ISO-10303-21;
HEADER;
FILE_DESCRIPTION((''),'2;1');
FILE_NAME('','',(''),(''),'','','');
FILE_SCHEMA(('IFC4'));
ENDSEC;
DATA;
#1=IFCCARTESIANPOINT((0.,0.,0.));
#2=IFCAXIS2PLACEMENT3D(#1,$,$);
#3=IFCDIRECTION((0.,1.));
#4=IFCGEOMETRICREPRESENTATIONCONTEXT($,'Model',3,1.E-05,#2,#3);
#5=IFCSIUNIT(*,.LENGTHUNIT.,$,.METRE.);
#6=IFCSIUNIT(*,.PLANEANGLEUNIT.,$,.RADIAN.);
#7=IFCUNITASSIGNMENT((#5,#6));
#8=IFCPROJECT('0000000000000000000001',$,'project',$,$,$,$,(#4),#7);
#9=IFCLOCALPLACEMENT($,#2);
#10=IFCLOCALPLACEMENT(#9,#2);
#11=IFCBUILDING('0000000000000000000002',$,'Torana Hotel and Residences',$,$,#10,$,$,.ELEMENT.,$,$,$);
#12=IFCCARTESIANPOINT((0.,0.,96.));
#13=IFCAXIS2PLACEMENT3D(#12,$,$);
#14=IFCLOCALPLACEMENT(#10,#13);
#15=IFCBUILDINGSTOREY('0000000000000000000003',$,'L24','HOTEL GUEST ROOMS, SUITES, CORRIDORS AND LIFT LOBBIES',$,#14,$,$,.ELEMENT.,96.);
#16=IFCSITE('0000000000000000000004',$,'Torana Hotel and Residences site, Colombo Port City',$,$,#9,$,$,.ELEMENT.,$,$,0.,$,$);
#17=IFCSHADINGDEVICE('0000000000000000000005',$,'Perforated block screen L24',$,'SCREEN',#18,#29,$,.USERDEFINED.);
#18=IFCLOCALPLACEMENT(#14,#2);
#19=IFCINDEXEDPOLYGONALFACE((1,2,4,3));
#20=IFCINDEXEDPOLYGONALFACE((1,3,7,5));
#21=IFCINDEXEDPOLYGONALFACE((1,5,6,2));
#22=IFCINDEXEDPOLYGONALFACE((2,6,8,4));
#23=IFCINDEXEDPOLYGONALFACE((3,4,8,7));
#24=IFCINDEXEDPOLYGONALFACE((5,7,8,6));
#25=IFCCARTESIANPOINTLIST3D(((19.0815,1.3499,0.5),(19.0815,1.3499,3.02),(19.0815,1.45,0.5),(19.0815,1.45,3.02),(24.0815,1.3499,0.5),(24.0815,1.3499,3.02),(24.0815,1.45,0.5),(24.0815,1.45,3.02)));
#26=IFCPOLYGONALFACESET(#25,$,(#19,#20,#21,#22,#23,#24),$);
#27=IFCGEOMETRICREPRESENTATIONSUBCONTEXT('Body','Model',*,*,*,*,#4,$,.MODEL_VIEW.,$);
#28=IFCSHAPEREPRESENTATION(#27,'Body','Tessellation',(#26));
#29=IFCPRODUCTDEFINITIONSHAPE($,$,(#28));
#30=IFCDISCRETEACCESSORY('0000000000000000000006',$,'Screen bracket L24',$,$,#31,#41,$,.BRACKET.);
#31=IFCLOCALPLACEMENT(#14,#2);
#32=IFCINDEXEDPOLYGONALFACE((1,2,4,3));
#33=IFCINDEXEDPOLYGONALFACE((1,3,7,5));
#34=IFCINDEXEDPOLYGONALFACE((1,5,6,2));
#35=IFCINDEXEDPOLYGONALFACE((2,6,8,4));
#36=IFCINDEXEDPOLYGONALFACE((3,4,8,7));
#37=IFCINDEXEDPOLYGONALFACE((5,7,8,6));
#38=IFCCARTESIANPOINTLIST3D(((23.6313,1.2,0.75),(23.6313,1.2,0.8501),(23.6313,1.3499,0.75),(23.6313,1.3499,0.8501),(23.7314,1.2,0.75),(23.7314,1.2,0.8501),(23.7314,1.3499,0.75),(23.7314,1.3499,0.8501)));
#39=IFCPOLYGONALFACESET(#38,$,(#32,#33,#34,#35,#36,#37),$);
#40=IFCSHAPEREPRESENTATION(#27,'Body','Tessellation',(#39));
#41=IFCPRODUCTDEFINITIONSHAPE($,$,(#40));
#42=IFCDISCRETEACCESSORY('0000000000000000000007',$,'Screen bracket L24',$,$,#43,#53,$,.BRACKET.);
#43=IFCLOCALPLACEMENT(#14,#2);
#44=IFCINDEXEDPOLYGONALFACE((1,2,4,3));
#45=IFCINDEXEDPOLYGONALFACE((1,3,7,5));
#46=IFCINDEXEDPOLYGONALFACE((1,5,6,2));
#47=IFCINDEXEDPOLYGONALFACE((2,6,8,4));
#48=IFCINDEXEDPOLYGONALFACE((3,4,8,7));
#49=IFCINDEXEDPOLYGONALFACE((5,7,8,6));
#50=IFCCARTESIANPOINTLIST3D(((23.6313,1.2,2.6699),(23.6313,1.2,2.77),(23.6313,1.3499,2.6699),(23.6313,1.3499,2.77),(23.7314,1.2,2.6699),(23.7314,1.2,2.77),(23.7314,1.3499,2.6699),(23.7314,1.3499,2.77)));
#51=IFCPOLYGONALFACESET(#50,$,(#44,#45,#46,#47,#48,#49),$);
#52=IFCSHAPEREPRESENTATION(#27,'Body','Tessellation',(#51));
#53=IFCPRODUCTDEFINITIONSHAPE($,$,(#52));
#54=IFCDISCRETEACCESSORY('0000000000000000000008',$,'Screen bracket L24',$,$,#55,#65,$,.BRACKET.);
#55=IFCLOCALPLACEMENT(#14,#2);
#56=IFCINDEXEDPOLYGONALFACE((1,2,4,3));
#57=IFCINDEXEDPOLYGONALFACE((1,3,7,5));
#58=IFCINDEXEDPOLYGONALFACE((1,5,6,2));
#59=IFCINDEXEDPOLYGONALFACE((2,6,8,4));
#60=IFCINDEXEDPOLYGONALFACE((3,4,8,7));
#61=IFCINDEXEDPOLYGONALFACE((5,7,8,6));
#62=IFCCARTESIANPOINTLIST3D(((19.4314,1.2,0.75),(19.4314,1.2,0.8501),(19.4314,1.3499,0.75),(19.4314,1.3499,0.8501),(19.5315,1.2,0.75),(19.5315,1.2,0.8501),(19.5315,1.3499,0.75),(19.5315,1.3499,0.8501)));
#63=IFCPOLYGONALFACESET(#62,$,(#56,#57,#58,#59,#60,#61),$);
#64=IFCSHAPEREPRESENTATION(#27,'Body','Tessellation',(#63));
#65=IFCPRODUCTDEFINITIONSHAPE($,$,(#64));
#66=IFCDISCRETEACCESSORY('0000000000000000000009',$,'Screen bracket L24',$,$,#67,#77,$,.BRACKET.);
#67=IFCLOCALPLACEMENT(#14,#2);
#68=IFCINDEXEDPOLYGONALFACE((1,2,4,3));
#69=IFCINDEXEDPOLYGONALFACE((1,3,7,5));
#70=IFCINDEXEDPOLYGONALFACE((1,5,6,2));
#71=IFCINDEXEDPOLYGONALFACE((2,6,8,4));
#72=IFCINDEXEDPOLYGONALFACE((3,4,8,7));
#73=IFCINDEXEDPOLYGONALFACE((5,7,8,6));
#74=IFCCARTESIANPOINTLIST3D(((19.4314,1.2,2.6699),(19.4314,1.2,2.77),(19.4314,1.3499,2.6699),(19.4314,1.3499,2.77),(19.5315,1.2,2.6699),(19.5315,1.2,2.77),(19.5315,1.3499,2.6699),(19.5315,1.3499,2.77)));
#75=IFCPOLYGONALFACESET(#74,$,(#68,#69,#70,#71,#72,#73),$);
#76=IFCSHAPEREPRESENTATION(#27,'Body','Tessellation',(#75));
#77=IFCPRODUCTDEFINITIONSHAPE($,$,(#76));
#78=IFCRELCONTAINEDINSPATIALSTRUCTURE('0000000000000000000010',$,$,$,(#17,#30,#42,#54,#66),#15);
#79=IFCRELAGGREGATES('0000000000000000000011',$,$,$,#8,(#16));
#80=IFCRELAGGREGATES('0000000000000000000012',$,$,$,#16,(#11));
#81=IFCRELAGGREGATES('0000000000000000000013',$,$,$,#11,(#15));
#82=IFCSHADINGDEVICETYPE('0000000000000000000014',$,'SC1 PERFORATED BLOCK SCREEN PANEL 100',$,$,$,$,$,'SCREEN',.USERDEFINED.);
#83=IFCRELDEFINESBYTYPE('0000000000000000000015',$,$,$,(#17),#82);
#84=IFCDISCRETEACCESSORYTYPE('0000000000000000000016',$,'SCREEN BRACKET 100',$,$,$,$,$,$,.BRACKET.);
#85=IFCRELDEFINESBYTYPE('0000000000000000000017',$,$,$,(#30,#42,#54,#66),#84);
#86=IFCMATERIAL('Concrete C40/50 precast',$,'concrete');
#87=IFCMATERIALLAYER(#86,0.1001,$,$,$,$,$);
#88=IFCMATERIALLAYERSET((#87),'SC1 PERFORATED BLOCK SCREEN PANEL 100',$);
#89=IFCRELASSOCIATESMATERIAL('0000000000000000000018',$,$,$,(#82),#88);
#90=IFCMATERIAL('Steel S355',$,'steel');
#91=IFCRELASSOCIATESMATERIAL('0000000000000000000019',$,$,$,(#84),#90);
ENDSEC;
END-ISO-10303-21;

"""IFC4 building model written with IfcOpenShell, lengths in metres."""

from ifc_helpers import new_model, si_unit, direction, frame, origin, origin_2d, place, context, subcontext, project, spatial, rectangle, extrude, material, layer, layer_set, type_object, element, save


model = new_model("IFC4")

# Units and contexts
model_context = context("Model", 3, precision=1e-05, world=origin(), true_north=direction((0.0, 1.0)))
body_context = subcontext(model_context, "Body", "Model", "MODEL_VIEW")
ifc_project = project(units=[si_unit("LENGTHUNIT", "METRE"), si_unit("PLANEANGLEUNIT", "RADIAN")], contexts=[model_context])

# Site, building, storey
site_placement = place(None, origin())
site = spatial("IfcSite", under=ifc_project, at=site_placement, Name="Torana Hotel and Residences site, Colombo Port City", CompositionType="ELEMENT", RefElevation=0.0)
building_placement = place(site_placement, origin())
building = spatial("IfcBuilding", under=site, at=building_placement, Name="Torana Hotel and Residences", CompositionType="ELEMENT")
storey_placement = place(building_placement, frame((0.0, 0.0, 96.0)))
storey = spatial("IfcBuildingStorey", under=building, at=storey_placement, Name="L24", Description="HOTEL GUEST ROOMS, SUITES, CORRIDORS AND LIFT LOBBIES", CompositionType="ELEMENT", Elevation=96.0)

# Shading device
ifc_material_1 = material(Name="Concrete C40/50 precast", Category="concrete")
ifc_layer_1 = layer(ifc_material_1, 0.1001)
ifc_layer_set_1 = layer_set([ifc_layer_1], Name="SC1 PERFORATED BLOCK SCREEN PANEL 100")
shading_device_type = type_object("IfcShadingDeviceType", Name="SC1 PERFORATED BLOCK SCREEN PANEL 100", ElementType="SCREEN", PredefinedType="USERDEFINED", material=ifc_layer_set_1)
shading_device_placement = place(storey_placement, frame((21.5815, 1.3999, 0.5), z_axis=(0.0, 0.0, 1.0), x_axis=(-1.0, 0.0, 0.0)))
element("IfcShadingDevice", 1, at=shading_device_placement, inside=storey, type_object=shading_device_type, Name="Perforated block screen L24", ObjectType="SCREEN", PredefinedType="USERDEFINED", context=body_context, shape_type="SweptSolid", body=[
    extrude(rectangle(XDim=5.0, YDim=0.1001, at=origin_2d()), origin(), (0.0, 0.0, 1.0), 2.52),
])

# Discrete accessories
ifc_material_2 = material(Name="Steel S355", Category="steel")
discrete_accessory_type = type_object("IfcDiscreteAccessoryType", Name="SCREEN BRACKET 100", PredefinedType="BRACKET", material=ifc_material_2)
for number, where, z_axis, x_axis, name in (
    (2, (23.6814, 1.2749, 0.75), (0.0, 0.0, 1.0), (-1.0, 0.0, 0.0), "Screen bracket L24"),
    (3, (23.6814, 1.2749, 2.6699), (0.0, 0.0, 1.0), (-1.0, 0.0, 0.0), "Screen bracket L24"),
    (4, (19.4814, 1.2749, 0.75), (0.0, 0.0, 1.0), (-1.0, 0.0, 0.0), "Screen bracket L24"),
    (5, (19.4814, 1.2749, 2.6699), (0.0, 0.0, 1.0), (-1.0, 0.0, 0.0), "Screen bracket L24"),
):
    element("IfcDiscreteAccessory", number, at=place(storey_placement, frame(where, z_axis=z_axis, x_axis=x_axis)), inside=storey, type_object=discrete_accessory_type, Name=name, PredefinedType="BRACKET", context=body_context, shape_type="SweptSolid", body=[
        extrude(rectangle(XDim=0.1001, YDim=0.1499, at=origin_2d()), origin(), (0.0, 0.0, 1.0), 0.1001),
    ])

save(model, "model.ifc")
